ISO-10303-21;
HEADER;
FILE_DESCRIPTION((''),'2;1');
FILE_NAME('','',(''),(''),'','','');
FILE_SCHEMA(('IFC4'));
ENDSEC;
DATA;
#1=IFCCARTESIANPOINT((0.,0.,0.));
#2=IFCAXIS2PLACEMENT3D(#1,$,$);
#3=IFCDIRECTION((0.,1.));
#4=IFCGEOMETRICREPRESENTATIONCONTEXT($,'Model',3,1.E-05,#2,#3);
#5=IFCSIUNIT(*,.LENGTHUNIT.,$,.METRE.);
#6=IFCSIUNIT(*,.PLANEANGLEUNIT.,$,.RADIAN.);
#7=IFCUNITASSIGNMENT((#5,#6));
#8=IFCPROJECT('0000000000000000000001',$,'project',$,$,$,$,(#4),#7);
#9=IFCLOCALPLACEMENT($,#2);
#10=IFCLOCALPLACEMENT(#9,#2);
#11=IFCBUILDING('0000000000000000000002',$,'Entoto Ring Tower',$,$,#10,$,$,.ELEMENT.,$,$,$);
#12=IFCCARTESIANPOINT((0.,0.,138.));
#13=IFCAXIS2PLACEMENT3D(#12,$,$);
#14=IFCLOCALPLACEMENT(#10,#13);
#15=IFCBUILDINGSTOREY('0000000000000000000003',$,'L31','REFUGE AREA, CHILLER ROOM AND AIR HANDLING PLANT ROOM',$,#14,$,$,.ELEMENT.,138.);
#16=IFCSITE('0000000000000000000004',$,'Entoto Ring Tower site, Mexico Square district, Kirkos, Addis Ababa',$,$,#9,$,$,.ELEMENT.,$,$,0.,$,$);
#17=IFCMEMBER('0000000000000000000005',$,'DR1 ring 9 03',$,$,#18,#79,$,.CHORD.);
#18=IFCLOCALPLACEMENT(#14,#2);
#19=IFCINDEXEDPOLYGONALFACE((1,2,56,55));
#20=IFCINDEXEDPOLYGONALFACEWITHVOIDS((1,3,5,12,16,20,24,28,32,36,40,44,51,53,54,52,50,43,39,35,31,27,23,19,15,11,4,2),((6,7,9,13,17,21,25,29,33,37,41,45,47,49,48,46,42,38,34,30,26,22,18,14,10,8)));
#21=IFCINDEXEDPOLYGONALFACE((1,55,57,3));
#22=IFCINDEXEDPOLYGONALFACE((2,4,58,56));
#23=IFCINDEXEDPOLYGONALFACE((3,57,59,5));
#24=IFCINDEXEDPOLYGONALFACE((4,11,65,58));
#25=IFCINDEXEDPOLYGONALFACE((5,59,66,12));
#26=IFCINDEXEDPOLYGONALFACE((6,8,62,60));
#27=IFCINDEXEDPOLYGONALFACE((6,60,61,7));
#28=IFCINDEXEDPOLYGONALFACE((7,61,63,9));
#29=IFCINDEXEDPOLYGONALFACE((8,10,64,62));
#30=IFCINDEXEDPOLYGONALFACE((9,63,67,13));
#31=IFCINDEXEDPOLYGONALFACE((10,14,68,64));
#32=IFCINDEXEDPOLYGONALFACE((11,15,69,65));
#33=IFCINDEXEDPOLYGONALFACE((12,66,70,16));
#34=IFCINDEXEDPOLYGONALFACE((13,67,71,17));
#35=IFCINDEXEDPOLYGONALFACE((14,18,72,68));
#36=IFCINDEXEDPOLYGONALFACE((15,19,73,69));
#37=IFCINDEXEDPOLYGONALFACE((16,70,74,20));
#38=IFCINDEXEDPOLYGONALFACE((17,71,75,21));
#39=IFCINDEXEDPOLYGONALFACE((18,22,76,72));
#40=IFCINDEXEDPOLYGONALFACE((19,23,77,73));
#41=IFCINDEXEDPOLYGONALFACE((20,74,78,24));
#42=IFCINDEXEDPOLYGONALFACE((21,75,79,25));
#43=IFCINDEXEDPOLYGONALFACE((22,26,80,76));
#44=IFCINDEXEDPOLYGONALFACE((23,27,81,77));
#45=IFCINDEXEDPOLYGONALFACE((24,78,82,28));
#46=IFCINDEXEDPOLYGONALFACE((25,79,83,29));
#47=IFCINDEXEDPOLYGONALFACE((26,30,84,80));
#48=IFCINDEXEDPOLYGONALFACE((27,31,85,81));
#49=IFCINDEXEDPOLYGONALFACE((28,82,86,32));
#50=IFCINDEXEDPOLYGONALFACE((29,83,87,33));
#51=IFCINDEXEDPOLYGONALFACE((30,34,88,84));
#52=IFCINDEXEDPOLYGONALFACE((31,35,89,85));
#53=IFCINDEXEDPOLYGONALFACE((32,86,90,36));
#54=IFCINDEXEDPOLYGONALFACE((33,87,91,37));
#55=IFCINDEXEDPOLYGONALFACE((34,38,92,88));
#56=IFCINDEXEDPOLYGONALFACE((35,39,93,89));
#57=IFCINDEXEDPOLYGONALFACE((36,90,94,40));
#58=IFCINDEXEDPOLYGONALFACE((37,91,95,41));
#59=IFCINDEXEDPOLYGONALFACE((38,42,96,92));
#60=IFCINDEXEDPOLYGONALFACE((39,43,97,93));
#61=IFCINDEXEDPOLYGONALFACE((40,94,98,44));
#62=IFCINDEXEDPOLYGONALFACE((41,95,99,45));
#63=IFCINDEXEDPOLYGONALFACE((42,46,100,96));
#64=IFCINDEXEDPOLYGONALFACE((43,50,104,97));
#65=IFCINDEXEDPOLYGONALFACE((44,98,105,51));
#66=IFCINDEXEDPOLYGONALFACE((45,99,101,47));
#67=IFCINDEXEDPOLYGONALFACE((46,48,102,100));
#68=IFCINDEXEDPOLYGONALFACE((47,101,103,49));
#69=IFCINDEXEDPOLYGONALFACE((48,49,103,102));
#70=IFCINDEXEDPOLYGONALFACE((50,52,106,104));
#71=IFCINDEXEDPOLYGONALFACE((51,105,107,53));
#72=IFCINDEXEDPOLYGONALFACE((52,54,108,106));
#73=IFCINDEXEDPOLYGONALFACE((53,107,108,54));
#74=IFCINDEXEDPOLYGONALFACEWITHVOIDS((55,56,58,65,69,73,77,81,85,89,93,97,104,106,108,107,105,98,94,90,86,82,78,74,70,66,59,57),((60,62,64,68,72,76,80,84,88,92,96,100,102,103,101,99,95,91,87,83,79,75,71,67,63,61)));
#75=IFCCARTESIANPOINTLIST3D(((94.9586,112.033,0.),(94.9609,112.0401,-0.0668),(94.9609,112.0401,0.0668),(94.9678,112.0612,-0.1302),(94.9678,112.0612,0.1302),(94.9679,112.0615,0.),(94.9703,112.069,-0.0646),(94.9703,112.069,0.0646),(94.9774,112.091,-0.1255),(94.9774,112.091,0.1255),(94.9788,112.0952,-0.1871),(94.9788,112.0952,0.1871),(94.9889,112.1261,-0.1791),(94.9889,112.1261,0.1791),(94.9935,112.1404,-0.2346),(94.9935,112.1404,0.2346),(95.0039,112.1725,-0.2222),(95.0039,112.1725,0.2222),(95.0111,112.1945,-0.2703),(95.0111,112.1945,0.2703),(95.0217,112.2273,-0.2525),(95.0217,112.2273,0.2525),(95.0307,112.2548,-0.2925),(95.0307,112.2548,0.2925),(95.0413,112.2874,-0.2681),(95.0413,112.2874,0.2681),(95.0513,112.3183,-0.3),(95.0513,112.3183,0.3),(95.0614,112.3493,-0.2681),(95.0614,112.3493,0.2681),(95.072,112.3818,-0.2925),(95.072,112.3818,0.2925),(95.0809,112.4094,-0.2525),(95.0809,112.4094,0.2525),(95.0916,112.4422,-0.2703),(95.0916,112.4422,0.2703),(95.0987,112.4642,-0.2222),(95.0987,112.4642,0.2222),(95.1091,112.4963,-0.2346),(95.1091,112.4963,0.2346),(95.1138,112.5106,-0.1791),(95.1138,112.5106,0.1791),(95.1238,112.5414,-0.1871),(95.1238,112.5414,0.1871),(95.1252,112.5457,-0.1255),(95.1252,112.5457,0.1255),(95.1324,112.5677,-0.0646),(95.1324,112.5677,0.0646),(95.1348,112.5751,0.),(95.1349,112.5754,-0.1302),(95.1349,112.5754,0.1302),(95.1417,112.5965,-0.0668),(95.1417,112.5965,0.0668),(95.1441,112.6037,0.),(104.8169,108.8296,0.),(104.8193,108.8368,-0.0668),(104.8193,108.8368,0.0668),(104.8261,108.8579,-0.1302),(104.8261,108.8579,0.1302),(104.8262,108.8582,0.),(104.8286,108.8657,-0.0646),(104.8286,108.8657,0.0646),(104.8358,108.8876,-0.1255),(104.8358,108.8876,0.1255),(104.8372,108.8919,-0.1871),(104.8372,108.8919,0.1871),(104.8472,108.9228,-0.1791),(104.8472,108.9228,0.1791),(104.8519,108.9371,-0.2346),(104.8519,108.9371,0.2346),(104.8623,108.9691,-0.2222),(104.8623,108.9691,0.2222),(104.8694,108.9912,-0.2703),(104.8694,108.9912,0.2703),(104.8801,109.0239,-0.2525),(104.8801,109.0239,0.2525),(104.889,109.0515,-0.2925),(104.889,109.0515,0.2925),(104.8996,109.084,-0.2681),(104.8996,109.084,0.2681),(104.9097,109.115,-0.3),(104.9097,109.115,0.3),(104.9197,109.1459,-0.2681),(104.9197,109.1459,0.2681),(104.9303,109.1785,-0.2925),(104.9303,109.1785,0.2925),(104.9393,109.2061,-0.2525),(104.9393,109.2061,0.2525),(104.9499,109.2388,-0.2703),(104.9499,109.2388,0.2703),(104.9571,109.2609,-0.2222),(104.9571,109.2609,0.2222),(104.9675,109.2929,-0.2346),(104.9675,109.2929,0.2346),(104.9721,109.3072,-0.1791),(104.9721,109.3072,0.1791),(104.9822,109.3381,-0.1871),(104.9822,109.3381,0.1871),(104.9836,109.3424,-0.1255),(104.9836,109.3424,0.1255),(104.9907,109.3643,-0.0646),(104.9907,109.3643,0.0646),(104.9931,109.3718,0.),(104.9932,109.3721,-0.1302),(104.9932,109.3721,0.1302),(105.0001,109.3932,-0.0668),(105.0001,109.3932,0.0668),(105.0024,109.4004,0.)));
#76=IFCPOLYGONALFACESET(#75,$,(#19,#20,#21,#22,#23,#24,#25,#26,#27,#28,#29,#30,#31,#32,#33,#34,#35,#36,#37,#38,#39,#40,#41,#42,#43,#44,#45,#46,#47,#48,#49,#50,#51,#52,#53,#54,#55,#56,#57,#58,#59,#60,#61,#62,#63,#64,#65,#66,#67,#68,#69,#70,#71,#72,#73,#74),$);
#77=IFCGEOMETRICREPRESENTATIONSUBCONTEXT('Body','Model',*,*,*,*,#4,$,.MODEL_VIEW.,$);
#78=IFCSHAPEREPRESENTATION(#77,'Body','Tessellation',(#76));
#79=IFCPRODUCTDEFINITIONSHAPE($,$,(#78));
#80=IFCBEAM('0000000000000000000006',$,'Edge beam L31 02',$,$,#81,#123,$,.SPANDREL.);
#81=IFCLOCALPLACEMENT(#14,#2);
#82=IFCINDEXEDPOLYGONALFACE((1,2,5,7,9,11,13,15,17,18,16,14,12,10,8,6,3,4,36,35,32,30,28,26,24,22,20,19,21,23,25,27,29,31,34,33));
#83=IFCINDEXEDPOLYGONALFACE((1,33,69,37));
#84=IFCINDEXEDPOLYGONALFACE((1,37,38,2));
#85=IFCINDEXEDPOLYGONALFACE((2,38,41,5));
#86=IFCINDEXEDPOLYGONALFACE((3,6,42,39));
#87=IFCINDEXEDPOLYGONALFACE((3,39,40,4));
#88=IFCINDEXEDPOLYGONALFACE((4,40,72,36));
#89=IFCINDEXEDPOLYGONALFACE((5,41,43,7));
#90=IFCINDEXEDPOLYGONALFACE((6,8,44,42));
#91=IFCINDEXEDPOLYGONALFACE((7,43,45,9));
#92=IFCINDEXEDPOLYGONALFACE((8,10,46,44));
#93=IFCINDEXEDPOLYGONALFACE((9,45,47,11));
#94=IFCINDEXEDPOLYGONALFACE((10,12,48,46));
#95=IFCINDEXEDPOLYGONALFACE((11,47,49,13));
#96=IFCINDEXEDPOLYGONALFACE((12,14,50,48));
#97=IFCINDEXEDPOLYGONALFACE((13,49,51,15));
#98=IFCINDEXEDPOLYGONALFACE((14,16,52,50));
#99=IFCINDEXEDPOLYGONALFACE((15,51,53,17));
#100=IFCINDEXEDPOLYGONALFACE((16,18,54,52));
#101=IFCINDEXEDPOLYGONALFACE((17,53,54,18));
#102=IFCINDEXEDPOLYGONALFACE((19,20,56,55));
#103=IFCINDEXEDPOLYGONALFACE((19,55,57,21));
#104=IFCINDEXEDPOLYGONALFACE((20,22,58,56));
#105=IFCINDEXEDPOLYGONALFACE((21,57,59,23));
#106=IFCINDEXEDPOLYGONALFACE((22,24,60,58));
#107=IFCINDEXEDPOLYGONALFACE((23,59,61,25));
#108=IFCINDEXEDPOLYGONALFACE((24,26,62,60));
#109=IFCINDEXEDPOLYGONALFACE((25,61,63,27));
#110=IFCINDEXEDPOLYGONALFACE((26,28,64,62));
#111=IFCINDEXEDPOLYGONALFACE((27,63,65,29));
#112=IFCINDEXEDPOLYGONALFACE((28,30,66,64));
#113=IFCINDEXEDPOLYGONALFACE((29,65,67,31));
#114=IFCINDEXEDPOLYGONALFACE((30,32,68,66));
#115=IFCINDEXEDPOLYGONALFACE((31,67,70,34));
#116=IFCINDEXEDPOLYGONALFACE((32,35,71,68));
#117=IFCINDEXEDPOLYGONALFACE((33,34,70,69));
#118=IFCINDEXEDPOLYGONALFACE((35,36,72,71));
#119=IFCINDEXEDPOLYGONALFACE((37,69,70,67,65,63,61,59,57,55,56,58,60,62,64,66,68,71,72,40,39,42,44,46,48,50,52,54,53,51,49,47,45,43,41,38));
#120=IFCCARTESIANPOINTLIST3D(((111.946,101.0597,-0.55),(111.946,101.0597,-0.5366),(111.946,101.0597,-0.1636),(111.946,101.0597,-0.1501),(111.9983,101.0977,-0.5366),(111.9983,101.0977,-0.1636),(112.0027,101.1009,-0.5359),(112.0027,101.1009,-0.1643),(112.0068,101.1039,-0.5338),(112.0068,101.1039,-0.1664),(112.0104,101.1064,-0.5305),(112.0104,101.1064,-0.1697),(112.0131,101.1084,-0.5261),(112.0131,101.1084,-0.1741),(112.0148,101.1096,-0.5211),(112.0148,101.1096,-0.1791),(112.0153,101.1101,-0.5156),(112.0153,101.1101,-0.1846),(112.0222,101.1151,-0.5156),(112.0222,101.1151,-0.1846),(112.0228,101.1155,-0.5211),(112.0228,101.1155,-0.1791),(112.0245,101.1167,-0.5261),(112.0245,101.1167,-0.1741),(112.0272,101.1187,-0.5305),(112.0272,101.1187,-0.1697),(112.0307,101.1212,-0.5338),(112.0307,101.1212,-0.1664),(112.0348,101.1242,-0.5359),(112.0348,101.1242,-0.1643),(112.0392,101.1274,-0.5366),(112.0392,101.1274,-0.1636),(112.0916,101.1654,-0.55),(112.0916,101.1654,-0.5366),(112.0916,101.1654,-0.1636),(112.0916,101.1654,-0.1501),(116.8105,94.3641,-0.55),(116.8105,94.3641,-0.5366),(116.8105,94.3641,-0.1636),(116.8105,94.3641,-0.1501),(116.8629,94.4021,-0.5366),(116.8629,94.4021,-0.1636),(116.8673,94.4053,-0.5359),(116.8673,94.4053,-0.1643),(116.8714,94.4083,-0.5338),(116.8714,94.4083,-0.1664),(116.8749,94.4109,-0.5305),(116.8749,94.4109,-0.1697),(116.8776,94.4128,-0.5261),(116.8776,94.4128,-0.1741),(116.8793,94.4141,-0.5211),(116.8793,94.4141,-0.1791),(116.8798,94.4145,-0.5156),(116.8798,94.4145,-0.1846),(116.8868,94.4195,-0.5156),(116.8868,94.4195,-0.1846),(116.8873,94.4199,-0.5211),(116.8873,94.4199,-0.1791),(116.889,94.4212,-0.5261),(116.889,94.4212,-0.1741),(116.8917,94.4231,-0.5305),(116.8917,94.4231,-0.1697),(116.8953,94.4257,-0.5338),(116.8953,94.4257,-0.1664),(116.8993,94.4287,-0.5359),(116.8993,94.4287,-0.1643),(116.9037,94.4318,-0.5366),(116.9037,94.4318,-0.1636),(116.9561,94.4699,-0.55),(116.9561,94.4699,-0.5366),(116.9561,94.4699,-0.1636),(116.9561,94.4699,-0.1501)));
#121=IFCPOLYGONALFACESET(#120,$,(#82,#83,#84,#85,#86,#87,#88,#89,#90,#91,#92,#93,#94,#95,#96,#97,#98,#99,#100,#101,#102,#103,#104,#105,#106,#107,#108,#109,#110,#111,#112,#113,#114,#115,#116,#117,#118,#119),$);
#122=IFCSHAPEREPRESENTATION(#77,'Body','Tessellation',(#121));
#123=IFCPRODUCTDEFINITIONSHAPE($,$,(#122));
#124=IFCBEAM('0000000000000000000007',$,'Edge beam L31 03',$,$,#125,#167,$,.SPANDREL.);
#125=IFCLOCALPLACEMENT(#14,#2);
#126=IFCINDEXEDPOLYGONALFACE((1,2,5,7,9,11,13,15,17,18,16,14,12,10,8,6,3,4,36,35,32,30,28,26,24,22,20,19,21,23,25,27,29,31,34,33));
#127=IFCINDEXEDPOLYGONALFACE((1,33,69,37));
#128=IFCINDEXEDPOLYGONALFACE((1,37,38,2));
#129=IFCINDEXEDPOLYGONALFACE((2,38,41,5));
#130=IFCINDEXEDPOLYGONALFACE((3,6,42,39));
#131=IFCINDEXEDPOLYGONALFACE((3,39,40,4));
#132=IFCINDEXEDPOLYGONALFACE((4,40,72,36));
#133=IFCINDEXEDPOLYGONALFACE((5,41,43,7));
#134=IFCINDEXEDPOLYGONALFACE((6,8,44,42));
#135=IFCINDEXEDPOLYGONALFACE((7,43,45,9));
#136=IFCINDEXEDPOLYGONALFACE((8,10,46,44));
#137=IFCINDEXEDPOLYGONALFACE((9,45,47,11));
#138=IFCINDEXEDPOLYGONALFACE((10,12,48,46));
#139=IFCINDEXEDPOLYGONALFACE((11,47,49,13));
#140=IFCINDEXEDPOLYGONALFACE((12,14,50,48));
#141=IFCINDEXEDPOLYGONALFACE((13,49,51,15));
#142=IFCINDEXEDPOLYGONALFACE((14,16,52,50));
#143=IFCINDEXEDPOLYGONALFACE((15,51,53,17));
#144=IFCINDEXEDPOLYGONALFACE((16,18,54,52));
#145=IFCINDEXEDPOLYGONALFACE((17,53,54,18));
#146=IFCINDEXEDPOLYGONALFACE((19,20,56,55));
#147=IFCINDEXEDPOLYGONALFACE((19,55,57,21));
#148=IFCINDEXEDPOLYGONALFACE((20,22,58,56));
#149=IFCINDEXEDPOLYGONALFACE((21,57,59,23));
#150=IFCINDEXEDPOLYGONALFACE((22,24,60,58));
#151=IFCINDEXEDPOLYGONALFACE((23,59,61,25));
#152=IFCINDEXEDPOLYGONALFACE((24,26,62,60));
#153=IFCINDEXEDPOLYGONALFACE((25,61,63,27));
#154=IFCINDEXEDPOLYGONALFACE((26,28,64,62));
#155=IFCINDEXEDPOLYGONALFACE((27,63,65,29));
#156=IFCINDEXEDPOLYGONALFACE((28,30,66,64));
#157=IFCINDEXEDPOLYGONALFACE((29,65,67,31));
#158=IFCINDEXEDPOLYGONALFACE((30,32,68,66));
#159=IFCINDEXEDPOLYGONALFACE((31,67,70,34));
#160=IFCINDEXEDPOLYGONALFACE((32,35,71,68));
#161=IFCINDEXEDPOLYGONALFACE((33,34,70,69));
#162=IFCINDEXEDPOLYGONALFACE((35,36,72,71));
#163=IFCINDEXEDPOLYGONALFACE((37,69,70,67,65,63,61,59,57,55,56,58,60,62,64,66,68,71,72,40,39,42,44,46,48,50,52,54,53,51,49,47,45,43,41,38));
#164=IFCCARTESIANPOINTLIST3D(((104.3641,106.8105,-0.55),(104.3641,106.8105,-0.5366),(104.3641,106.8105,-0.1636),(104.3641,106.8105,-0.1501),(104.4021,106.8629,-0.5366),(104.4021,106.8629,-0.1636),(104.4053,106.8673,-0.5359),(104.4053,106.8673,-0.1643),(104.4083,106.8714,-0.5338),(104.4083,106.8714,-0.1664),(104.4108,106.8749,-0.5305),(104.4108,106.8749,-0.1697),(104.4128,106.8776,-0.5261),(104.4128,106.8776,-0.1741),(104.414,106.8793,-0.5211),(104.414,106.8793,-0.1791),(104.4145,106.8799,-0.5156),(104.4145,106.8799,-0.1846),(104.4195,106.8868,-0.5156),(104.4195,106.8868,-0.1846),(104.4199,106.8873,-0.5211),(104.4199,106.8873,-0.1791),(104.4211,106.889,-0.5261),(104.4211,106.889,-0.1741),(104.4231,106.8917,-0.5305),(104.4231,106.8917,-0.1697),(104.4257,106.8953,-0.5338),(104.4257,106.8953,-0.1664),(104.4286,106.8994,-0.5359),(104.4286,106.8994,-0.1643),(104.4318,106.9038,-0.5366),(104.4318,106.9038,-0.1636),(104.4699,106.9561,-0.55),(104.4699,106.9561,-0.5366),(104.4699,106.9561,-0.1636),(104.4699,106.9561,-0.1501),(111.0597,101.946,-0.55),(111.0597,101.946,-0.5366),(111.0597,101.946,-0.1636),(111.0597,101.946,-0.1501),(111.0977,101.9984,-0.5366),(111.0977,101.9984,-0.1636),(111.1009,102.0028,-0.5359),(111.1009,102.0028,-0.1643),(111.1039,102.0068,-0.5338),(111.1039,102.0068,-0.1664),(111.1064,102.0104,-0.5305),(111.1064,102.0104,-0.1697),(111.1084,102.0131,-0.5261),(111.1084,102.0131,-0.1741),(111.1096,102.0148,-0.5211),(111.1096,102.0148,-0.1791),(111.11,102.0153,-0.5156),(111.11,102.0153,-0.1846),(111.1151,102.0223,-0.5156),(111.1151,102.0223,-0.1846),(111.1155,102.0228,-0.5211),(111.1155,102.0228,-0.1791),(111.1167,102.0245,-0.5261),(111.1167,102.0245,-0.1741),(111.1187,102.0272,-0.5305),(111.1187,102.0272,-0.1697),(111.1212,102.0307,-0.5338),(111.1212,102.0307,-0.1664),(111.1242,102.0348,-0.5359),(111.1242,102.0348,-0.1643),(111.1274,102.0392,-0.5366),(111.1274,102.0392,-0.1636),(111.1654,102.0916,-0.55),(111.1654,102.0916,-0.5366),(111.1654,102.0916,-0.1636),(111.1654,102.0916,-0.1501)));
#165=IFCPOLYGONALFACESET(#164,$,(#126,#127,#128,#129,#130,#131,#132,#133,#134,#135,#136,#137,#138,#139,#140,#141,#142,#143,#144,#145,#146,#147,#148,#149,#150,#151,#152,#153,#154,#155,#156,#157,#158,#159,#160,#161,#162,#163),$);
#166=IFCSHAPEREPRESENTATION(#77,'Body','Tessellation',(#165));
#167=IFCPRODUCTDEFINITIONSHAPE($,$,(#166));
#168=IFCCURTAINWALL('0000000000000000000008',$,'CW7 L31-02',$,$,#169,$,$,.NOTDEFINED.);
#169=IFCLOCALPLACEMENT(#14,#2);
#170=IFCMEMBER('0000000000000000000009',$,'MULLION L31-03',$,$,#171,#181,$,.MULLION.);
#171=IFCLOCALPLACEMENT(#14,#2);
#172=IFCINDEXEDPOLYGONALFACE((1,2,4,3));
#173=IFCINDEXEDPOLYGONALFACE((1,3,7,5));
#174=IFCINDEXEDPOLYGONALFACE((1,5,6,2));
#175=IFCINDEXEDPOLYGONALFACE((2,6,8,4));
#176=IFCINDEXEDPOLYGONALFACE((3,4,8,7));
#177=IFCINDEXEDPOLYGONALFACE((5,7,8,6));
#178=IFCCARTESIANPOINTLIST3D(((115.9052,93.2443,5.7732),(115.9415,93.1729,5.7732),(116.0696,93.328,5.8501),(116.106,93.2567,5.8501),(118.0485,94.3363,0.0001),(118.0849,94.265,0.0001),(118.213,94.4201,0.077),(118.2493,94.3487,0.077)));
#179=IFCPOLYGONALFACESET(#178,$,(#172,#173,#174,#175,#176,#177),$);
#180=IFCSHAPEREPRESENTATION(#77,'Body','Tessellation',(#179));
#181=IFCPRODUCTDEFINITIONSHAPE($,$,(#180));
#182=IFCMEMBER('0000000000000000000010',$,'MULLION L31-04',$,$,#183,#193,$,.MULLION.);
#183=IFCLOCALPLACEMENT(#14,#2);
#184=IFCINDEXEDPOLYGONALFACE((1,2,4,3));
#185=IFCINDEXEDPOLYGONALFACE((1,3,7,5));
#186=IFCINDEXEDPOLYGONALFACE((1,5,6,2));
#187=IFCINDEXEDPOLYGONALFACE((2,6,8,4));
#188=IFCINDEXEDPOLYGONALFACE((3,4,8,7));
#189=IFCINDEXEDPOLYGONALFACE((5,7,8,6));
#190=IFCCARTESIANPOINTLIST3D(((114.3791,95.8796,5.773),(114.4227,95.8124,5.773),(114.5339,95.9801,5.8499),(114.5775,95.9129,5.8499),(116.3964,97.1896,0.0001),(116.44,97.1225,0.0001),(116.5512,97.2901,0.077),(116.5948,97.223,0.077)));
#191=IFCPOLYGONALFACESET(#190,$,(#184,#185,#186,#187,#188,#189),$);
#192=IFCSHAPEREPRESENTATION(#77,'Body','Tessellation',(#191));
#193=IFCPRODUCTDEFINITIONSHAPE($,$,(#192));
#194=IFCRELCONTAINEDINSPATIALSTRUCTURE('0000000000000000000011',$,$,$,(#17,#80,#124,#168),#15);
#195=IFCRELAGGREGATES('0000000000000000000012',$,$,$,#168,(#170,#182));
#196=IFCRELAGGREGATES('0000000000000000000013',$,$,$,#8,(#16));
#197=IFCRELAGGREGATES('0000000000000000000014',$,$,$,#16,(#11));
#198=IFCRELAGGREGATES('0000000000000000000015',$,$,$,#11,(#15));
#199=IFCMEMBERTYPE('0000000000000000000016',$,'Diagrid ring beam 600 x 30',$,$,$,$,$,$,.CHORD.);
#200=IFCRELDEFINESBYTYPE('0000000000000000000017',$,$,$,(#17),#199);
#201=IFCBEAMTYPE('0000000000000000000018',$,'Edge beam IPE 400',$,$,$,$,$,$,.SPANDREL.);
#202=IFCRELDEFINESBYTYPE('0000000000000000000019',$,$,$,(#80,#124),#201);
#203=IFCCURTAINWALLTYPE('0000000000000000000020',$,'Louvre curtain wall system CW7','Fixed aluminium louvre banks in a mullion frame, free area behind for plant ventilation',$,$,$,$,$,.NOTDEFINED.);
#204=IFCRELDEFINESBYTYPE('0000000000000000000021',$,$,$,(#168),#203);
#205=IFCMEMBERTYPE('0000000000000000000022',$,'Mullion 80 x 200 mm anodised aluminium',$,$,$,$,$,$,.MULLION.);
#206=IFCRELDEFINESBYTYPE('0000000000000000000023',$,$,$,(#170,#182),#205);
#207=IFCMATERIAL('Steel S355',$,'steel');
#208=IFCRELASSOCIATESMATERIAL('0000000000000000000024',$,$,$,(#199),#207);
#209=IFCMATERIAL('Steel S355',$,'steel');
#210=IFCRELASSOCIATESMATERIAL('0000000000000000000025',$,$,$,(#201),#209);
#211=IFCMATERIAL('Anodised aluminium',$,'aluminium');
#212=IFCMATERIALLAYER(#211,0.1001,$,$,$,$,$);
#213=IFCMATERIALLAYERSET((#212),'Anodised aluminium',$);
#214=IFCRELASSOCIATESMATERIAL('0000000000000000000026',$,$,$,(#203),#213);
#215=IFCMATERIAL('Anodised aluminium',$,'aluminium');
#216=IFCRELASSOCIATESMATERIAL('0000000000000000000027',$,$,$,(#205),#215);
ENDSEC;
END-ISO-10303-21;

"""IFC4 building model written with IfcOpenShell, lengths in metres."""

from ifc_helpers import new_model, si_unit, direction, frame, origin, origin_2d, place, context, subcontext, project, spatial, rectangle, circle, hollow_circle, i_section, extrude, material, layer, layer_set, material_profile, profile_set, type_object, element, aggregate, save


model = new_model("IFC4")

# Units and contexts
model_context = context("Model", 3, precision=1e-05, world=origin(), true_north=direction((0.0, 1.0)))
body_context = subcontext(model_context, "Body", "Model", "MODEL_VIEW")
ifc_project = project(units=[si_unit("LENGTHUNIT", "METRE"), si_unit("PLANEANGLEUNIT", "RADIAN")], contexts=[model_context])

# Site, building, storey
site_placement = place(None, origin())
site = spatial("IfcSite", under=ifc_project, at=site_placement, Name="Entoto Ring Tower site, Mexico Square district, Kirkos, Addis Ababa", CompositionType="ELEMENT", RefElevation=0.0)
building_placement = place(site_placement, origin())
building = spatial("IfcBuilding", under=site, at=building_placement, Name="Entoto Ring Tower", CompositionType="ELEMENT")
storey_placement = place(building_placement, frame((0.0, 0.0, 138.0)))
storey = spatial("IfcBuildingStorey", under=building, at=storey_placement, Name="L31", Description="REFUGE AREA, CHILLER ROOM AND AIR HANDLING PLANT ROOM", CompositionType="ELEMENT", Elevation=138.0)

# Member
ifc_material_1 = material(Name="Steel S355", Category="steel")
ifc_material_profile_1 = material_profile(ifc_material_1, hollow_circle(Radius=0.3, WallThickness=0.03, at=origin_2d()), Name="CHS 600 x 30")
ifc_material_2 = material(Name="Concrete C60/75", Category="concrete")
ifc_material_profile_2 = material_profile(ifc_material_2, circle(Radius=0.27, at=origin_2d()), Name="Concrete C60/75 infill")
ifc_profile_set_1 = profile_set([ifc_material_profile_1, ifc_material_profile_2], Name="Steel S355")
member_type_1 = type_object("IfcMemberType", Name="Diagrid ring beam 600 x 30", PredefinedType="CHORD", material=ifc_profile_set_1)
member_1_placement = place(storey_placement, frame((104.9097, 109.115, 0.0), z_axis=(-0.951051, 0.309033, 0.0), x_axis=(-0.309033, -0.951051, 0.0)))
element("IfcMember", 1, at=member_1_placement, inside=storey, type_object=member_type_1, Name="DR1 ring 9 03", PredefinedType="CHORD", context=body_context, shape_type="SweptSolid", body=[
    extrude(hollow_circle(Radius=0.3, WallThickness=0.03, at=origin_2d()), origin(), (0.0, 0.0, 1.0), 10.3657),
])

# Beams
ifc_material_3 = material(Name="Steel S355", Category="steel")
ifc_material_profile_3 = material_profile(ifc_material_3, i_section(OverallWidth=0.1799, OverallDepth=0.3999, WebThickness=0.0085, FlangeThickness=0.0134, FilletRadius=0.021, at=origin_2d()), Name="IPE 400")
ifc_profile_set_2 = profile_set([ifc_material_profile_3], Name="Steel S355")
beam_type = type_object("IfcBeamType", Name="Edge beam IPE 400", PredefinedType="SPANDREL", material=ifc_profile_set_2)
for number, where, z_axis, x_axis, name in (
    (2, (116.8833, 94.417, -0.3501), (-0.587777, 0.809023, 0.0), (-0.809023, -0.587777, 0.0), "Edge beam L31 02"),
    (3, (111.1125, 102.0188, -0.3501), (-0.809023, 0.587777, 0.0), (-0.587777, -0.809023, 0.0), "Edge beam L31 03"),
):
    element("IfcBeam", number, at=place(storey_placement, frame(where, z_axis=z_axis, x_axis=x_axis)), inside=storey, type_object=beam_type, Name=name, PredefinedType="SPANDREL", context=body_context, shape_type="SweptSolid", body=[
        extrude(i_section(OverallWidth=0.1799, OverallDepth=0.3999, WebThickness=0.0085, FlangeThickness=0.0134, FilletRadius=0.021, at=origin_2d()), origin(), (0.0, 0.0, 1.0), 8.2761),
    ])

# Curtain wall, members
ifc_material_4 = material(Name="Anodised aluminium", Category="aluminium")
ifc_layer_1 = layer(ifc_material_4, 0.1001)
ifc_layer_set_1 = layer_set([ifc_layer_1], Name="Anodised aluminium")
curtain_wall_type = type_object("IfcCurtainWallType", Name="Louvre curtain wall system CW7", Description="Fixed aluminium louvre banks in a mullion frame, free area behind for plant ventilation", PredefinedType="NOTDEFINED", material=ifc_layer_set_1)
curtain_wall_1_placement = place(storey_placement, origin())
curtain_wall_1 = element("IfcCurtainWall", 4, at=curtain_wall_1_placement, inside=storey, type_object=curtain_wall_type, Name="CW7 L31-02", PredefinedType="NOTDEFINED")
ifc_material_5 = material(Name="Anodised aluminium", Category="aluminium")
ifc_material_profile_4 = material_profile(ifc_material_5, rectangle(XDim=0.0801, YDim=0.2, at=origin_2d()), Name="Mullion 80 x 200 mm anodised aluminium")
ifc_profile_set_3 = profile_set([ifc_material_profile_4], Name="Anodised aluminium")
member_type_2 = type_object("IfcMemberType", Name="Mullion 80 x 200 mm anodised aluminium", PredefinedType="MULLION", material=ifc_profile_set_3)
member_2_placement = place(storey_placement, frame((118.1489, 94.3425, 0.0386), z_axis=(-0.342707, -0.174613, 0.923072), x_axis=(0.453981, -0.891012, 0.0)))
member_2 = element("IfcMember", 5, at=member_2_placement, type_object=member_type_2, Name="MULLION L31-03", PredefinedType="MULLION", context=body_context, shape_type="SweptSolid", body=[
    extrude(rectangle(XDim=0.0801, YDim=0.2, at=origin_2d()), origin(), (0.0, 0.0, 1.0), 6.2542),
])
member_3_placement = place(storey_placement, frame((116.4956, 97.2063, 0.0386), z_axis=(-0.322566, -0.209474, 0.923077), x_axis=(0.544635, -0.838673, 0.0)))
member_3 = element("IfcMember", 6, at=member_3_placement, type_object=member_type_2, Name="MULLION L31-04", PredefinedType="MULLION", context=body_context, shape_type="SweptSolid", body=[
    extrude(rectangle(XDim=0.0801, YDim=0.2, at=origin_2d()), origin(), (0.0, 0.0, 1.0), 6.2539),
])
aggregate(curtain_wall_1, [member_2, member_3])

save(model, "model.ifc")
